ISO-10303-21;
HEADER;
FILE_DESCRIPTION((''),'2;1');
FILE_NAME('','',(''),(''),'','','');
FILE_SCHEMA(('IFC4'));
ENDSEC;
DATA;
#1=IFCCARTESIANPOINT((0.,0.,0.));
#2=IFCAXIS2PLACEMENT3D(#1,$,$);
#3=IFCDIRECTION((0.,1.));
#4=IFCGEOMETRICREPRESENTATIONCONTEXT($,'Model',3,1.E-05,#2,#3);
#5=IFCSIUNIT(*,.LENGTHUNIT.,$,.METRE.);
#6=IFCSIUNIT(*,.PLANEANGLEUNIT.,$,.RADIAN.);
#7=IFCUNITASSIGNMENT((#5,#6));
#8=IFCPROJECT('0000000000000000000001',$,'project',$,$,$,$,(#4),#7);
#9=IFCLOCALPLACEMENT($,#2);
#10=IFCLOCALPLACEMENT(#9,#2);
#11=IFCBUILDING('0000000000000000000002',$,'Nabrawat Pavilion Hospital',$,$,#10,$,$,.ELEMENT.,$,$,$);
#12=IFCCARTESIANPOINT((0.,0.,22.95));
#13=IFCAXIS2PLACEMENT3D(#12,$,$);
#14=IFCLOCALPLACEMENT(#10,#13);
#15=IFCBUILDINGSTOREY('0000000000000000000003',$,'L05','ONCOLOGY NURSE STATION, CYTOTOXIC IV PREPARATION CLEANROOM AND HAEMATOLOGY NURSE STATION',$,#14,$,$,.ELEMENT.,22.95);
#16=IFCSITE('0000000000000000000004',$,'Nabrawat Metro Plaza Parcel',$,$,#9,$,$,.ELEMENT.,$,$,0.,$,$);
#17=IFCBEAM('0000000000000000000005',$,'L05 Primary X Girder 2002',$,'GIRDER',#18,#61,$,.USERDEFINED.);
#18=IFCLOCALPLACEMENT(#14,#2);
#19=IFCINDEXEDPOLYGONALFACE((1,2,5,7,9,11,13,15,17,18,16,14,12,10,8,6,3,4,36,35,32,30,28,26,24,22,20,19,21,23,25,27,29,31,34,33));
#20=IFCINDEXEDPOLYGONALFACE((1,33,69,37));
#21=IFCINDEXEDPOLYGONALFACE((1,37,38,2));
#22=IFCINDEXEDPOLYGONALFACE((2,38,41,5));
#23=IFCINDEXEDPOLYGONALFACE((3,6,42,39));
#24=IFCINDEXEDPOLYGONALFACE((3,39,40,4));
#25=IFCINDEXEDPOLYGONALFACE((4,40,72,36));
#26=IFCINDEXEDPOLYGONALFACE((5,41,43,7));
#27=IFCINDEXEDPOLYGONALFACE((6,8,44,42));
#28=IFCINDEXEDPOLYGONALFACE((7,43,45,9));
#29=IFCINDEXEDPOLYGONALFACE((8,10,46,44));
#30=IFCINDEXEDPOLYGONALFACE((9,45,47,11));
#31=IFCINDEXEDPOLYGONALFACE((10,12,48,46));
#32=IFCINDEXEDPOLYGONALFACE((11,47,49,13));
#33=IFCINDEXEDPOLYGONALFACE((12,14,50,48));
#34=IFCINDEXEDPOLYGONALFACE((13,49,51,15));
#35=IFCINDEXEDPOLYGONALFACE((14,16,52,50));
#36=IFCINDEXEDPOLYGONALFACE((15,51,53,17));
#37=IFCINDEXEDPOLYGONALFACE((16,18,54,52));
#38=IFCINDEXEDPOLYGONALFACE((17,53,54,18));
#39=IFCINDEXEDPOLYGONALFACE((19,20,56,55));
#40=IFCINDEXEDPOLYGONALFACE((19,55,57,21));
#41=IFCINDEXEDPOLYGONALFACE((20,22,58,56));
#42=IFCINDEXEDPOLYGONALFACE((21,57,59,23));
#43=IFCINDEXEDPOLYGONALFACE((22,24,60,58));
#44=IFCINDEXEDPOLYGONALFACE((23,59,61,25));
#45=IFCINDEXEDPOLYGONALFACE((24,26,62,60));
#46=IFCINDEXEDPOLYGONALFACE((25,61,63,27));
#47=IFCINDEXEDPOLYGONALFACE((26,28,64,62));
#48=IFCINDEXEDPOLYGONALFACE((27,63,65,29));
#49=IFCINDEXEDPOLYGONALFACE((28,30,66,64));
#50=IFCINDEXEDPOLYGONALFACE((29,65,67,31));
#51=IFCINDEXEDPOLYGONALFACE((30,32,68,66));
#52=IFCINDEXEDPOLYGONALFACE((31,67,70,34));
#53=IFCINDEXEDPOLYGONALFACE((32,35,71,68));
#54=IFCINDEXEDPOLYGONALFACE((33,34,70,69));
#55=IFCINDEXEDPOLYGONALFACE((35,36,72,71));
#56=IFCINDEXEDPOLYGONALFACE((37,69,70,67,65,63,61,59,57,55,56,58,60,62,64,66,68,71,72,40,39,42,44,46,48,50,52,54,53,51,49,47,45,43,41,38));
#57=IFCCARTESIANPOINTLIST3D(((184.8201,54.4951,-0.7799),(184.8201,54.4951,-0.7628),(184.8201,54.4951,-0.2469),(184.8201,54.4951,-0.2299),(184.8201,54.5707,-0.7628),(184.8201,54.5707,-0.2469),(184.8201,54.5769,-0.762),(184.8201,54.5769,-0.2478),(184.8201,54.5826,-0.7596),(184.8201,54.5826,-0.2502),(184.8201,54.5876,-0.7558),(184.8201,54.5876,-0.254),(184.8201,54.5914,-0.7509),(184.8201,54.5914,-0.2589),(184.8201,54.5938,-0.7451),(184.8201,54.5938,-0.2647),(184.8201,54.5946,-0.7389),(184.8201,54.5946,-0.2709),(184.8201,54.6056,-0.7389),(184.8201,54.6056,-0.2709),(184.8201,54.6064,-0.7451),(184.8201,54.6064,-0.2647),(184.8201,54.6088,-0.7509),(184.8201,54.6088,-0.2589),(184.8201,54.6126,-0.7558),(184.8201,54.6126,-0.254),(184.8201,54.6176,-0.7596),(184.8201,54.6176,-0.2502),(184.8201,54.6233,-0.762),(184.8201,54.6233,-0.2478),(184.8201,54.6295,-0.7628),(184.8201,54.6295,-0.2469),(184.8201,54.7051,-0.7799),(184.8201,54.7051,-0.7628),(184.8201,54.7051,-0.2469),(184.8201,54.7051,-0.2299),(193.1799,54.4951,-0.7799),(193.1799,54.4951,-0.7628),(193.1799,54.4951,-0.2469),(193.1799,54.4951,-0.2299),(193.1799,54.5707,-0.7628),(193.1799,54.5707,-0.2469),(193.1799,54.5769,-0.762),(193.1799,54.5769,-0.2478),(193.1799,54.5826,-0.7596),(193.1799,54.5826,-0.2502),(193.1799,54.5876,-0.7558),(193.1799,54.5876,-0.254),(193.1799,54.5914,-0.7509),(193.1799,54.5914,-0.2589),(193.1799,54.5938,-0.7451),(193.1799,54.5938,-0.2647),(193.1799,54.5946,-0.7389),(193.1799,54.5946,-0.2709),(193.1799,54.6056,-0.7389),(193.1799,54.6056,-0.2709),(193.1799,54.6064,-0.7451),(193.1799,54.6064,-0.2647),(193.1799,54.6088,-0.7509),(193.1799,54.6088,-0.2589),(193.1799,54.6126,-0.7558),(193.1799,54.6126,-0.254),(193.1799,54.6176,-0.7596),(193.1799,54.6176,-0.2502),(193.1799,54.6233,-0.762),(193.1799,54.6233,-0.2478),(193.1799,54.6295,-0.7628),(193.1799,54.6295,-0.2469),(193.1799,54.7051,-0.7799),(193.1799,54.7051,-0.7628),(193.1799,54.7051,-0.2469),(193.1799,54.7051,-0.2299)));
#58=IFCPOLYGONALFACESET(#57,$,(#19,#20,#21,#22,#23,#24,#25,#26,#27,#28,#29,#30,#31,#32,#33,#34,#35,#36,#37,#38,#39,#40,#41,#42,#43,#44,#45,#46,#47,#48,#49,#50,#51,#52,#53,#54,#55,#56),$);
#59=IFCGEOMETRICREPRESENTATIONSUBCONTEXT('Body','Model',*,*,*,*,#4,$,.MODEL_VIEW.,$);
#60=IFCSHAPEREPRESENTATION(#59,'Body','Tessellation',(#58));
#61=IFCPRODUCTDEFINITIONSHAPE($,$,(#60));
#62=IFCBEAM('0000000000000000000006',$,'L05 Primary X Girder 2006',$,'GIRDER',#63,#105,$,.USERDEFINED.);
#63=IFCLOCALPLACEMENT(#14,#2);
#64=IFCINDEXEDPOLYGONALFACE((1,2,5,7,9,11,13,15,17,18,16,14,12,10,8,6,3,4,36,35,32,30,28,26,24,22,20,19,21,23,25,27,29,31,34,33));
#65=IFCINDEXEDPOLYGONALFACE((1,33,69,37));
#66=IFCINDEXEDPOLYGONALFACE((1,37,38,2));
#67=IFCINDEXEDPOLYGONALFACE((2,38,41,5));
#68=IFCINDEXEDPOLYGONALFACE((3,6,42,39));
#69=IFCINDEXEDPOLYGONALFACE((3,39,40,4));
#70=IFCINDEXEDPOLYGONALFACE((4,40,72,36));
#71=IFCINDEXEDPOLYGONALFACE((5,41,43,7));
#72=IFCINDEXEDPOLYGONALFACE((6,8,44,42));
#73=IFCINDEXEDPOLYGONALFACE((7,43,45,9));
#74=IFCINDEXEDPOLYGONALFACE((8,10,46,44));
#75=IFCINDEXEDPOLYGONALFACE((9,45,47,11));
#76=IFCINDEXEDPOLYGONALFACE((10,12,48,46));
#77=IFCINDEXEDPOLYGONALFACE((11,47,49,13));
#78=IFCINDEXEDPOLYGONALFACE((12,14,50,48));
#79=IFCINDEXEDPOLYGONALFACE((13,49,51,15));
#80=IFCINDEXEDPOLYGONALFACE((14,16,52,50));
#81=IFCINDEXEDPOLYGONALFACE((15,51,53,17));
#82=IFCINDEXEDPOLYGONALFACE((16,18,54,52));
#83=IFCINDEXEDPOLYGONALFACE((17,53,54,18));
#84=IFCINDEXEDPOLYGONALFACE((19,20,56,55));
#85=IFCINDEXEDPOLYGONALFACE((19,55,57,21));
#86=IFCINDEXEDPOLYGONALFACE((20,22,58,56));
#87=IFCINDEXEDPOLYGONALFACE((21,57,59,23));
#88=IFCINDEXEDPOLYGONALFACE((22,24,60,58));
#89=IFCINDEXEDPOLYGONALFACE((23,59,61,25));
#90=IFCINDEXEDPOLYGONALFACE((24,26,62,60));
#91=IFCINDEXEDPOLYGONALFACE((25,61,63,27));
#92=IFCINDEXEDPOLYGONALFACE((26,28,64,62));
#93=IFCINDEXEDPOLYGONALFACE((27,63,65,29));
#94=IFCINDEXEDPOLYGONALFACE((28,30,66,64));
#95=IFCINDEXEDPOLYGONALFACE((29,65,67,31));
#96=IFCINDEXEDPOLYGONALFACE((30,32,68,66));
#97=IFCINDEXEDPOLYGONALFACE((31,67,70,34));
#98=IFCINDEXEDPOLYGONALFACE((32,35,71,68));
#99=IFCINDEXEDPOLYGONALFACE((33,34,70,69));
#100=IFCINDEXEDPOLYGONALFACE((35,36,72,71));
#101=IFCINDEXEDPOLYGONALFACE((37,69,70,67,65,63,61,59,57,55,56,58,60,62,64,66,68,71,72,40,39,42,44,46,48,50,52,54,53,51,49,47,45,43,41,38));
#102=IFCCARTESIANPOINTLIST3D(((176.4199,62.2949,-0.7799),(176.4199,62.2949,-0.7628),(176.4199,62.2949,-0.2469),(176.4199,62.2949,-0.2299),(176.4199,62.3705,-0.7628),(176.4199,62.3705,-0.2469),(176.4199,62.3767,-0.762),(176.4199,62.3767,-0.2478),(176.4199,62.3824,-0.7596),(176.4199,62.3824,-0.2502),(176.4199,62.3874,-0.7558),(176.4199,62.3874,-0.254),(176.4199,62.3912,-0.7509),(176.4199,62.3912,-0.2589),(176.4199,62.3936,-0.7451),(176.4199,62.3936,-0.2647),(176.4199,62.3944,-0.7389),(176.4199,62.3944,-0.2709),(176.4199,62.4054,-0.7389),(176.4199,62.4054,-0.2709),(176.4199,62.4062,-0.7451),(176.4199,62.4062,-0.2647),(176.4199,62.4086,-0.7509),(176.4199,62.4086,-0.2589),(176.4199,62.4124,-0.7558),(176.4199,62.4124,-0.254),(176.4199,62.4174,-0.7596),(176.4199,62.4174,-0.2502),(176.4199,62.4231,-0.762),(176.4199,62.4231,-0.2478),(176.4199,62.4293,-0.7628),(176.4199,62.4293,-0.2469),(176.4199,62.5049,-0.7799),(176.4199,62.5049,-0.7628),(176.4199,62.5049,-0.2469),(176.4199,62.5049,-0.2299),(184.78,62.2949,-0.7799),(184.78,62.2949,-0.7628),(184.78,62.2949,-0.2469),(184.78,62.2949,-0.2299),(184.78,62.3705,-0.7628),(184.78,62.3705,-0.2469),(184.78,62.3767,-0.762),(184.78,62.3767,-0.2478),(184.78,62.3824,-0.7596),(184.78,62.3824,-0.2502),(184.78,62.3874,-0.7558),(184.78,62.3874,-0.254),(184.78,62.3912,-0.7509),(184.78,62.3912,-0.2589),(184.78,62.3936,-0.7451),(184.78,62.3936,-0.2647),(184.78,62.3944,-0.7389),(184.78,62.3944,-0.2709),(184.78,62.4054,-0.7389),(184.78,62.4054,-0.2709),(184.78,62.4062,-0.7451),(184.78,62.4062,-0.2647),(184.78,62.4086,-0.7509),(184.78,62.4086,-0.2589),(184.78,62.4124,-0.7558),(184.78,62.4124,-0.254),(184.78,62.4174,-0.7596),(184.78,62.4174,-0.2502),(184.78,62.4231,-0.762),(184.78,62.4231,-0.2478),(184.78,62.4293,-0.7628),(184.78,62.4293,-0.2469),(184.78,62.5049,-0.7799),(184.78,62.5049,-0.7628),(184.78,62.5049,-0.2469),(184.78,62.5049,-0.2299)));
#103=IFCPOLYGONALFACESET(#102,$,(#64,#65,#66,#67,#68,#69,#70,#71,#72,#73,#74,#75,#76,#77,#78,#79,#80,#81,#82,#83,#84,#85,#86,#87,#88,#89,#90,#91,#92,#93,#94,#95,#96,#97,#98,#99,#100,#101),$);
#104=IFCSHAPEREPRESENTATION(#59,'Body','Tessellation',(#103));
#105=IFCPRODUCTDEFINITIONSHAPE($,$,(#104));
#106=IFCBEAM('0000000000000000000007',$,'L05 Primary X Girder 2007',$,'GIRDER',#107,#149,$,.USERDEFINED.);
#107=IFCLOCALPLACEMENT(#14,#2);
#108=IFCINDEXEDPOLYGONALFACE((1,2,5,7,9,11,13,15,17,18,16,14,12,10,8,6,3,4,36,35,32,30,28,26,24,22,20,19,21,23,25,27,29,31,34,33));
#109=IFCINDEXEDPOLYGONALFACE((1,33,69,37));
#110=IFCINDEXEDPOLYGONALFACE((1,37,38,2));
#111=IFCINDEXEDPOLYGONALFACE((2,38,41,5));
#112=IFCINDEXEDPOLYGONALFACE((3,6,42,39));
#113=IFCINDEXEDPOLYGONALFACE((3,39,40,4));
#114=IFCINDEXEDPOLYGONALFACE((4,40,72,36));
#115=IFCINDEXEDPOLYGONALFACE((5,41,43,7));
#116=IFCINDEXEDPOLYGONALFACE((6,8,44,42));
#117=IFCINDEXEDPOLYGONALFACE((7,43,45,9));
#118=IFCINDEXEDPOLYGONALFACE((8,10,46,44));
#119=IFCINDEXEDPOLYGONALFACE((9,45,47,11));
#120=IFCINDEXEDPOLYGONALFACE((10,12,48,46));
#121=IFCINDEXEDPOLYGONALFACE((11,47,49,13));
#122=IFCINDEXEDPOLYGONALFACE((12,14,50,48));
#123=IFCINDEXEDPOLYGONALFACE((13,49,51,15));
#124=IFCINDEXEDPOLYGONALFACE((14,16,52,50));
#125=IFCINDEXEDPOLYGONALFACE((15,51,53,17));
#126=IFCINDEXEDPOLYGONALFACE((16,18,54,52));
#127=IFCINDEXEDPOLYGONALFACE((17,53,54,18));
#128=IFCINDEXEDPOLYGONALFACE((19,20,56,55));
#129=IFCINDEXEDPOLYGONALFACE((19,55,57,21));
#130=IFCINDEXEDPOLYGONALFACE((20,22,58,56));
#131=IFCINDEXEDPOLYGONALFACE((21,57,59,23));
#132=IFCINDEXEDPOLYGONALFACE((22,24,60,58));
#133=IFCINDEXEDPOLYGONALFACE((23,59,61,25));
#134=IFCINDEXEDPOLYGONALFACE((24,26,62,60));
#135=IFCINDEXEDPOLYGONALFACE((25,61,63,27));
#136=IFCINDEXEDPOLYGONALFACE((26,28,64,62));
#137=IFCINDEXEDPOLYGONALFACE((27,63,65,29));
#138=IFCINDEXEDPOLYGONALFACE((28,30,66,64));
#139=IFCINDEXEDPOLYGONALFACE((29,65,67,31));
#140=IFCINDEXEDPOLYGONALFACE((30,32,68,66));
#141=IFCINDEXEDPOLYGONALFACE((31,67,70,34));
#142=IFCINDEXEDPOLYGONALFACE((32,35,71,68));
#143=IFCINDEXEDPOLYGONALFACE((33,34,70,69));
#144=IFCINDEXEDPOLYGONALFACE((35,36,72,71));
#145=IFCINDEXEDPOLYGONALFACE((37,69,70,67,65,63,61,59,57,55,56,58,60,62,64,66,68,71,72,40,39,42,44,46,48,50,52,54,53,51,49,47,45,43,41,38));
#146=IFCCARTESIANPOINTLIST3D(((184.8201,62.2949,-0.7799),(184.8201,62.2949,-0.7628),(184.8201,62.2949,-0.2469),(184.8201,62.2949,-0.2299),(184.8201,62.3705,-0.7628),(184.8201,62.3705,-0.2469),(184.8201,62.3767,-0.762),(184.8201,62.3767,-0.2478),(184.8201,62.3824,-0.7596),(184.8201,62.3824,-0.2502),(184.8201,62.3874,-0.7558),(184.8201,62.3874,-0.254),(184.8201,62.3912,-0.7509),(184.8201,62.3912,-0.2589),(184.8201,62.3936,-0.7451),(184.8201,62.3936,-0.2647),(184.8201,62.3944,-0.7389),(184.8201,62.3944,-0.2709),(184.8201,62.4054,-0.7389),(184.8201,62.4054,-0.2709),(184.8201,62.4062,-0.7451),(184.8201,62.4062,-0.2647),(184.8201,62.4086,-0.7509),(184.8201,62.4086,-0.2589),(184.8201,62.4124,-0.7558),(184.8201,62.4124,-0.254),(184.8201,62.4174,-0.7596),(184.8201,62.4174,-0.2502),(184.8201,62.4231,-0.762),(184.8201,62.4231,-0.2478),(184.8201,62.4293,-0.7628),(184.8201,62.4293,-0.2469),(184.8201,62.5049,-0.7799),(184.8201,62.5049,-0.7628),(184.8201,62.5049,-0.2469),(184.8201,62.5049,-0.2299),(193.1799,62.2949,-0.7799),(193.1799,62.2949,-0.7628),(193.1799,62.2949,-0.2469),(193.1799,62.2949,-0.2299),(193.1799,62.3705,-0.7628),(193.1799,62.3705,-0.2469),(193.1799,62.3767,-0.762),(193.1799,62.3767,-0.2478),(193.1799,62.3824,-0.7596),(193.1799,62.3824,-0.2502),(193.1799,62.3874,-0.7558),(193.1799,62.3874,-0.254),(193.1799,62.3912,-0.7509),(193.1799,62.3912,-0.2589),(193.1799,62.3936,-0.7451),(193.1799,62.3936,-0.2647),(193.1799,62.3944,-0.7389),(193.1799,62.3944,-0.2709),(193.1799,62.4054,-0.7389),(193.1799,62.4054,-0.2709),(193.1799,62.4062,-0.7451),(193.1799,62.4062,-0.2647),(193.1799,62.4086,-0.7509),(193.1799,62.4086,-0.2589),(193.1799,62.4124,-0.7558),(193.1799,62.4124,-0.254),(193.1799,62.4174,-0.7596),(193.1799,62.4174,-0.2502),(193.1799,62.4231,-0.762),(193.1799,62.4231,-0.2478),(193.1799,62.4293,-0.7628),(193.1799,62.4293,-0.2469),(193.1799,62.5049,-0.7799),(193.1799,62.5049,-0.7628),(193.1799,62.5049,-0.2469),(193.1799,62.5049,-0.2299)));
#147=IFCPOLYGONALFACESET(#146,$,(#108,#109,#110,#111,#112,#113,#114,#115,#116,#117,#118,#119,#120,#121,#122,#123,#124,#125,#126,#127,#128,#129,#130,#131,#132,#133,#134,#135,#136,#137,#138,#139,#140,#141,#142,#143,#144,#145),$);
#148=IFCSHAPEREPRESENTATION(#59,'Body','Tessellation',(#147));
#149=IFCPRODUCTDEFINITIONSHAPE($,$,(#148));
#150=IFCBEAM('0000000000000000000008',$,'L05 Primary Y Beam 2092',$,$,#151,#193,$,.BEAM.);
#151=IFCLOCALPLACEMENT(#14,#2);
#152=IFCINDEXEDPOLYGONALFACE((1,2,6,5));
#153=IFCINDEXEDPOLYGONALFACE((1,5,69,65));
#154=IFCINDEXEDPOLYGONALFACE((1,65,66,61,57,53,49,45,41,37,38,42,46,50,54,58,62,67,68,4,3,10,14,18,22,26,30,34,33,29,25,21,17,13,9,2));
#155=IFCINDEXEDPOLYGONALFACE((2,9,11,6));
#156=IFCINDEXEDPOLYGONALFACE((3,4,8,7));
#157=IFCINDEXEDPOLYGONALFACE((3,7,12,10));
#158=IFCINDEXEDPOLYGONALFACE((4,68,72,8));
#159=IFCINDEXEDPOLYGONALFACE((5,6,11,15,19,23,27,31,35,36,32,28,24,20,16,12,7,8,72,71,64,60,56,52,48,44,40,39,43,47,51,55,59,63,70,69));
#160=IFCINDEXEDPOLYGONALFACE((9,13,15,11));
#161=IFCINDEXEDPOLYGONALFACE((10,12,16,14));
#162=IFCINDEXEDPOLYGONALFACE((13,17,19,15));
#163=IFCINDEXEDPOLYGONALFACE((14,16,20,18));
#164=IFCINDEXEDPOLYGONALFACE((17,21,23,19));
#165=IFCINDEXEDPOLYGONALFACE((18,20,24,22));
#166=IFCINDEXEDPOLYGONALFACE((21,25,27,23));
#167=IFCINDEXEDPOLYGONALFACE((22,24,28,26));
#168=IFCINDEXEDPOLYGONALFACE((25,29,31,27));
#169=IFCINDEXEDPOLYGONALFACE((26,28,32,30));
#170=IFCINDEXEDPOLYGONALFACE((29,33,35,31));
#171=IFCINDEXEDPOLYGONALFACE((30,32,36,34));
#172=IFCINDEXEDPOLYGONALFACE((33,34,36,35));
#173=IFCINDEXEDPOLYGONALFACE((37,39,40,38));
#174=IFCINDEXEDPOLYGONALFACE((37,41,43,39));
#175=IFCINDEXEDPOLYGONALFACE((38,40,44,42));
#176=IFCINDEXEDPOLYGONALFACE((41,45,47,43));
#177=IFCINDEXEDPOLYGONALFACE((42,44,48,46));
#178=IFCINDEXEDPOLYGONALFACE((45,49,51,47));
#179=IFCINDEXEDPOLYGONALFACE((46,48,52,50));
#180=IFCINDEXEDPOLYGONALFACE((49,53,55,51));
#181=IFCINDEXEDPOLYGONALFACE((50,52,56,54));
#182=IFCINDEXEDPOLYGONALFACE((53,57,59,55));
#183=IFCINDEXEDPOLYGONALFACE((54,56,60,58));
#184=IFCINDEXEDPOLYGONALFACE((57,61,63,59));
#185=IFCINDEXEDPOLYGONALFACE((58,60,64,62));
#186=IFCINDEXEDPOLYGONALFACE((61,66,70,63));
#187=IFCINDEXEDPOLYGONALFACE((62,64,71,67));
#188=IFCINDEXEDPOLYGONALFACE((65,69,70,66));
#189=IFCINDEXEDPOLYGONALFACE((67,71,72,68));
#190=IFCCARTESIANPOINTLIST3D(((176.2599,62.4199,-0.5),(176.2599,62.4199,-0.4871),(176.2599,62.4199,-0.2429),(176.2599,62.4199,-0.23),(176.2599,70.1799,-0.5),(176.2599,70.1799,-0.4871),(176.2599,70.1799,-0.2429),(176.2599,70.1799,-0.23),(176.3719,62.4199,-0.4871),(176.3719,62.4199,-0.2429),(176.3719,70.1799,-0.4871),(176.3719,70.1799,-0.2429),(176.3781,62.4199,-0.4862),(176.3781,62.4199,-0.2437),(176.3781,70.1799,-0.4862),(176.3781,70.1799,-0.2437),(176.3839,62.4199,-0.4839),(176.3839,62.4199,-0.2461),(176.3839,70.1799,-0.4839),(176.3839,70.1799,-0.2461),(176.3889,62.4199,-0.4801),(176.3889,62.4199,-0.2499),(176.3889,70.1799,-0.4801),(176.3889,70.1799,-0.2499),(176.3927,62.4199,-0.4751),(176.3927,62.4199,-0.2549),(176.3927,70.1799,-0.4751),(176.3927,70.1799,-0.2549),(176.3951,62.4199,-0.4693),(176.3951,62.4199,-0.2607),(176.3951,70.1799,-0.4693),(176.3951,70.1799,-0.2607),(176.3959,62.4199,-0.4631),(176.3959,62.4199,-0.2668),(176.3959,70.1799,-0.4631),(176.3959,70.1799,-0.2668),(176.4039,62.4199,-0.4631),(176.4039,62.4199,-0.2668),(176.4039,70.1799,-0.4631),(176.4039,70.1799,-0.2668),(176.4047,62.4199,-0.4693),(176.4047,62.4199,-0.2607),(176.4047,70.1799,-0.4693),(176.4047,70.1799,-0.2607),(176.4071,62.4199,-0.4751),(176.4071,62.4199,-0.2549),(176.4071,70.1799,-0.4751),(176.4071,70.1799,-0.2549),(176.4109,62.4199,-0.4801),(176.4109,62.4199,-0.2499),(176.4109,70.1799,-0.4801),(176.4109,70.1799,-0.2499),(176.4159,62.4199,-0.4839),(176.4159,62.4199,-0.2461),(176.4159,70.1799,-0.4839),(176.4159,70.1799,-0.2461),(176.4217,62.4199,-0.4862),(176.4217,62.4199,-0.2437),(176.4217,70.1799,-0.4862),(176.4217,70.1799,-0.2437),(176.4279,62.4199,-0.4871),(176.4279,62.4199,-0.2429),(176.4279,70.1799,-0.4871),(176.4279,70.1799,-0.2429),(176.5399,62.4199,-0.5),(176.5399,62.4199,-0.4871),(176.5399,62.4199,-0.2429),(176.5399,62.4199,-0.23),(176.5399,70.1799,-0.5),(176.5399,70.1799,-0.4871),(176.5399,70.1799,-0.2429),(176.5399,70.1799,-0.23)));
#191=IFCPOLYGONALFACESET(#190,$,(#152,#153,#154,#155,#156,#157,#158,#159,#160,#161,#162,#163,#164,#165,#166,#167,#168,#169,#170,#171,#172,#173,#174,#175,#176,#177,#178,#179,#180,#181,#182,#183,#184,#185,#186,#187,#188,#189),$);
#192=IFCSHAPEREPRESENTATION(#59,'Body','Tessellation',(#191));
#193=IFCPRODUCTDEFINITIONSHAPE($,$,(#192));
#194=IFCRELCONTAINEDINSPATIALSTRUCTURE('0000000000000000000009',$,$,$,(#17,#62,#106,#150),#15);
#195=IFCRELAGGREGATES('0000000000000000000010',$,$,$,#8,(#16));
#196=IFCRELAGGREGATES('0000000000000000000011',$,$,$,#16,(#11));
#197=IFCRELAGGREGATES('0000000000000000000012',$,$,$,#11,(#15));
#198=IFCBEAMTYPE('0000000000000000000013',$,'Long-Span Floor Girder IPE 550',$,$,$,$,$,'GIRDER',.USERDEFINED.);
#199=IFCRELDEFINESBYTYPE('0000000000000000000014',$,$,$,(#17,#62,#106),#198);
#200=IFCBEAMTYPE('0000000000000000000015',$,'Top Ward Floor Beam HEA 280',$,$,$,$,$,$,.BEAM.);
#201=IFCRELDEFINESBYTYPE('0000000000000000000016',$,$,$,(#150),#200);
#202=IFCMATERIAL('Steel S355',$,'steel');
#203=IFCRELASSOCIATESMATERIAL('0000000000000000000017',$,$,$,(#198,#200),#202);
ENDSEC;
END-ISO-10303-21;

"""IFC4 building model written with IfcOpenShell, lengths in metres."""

from ifc_helpers import new_model, si_unit, direction, frame, origin, origin_2d, place, context, subcontext, project, spatial, i_section, extrude, material, material_profile, profile_set, type_object, element, save


model = new_model("IFC4")

# Units and contexts
model_context = context("Model", 3, precision=1e-05, world=origin(), true_north=direction((0.0, 1.0)))
body_context = subcontext(model_context, "Body", "Model", "MODEL_VIEW")
ifc_project = project(units=[si_unit("LENGTHUNIT", "METRE"), si_unit("PLANEANGLEUNIT", "RADIAN")], contexts=[model_context])

# Site, building, storey
site_placement = place(None, origin())
site = spatial("IfcSite", under=ifc_project, at=site_placement, Name="Nabrawat Metro Plaza Parcel", CompositionType="ELEMENT", RefElevation=0.0)
building_placement = place(site_placement, origin())
building = spatial("IfcBuilding", under=site, at=building_placement, Name="Nabrawat Pavilion Hospital", CompositionType="ELEMENT")
storey_placement = place(building_placement, frame((0.0, 0.0, 22.95)))
storey = spatial("IfcBuildingStorey", under=building, at=storey_placement, Name="L05", Description="ONCOLOGY NURSE STATION, CYTOTOXIC IV PREPARATION CLEANROOM AND HAEMATOLOGY NURSE STATION", CompositionType="ELEMENT", Elevation=22.95)

# Shared definitions
ifc_material_1 = material(Name="Steel S355", Category="steel")

# Beams
ifc_material_profile_1 = material_profile(ifc_material_1, i_section(OverallWidth=0.21, OverallDepth=0.55, WebThickness=0.011, FlangeThickness=0.0171, FilletRadius=0.0239, at=origin_2d()), Name="IPE 550")
ifc_profile_set_1 = profile_set([ifc_material_profile_1], Name="Steel S355")
beam_type_1 = type_object("IfcBeamType", Name="Long-Span Floor Girder IPE 550", ElementType="GIRDER", PredefinedType="USERDEFINED", material=ifc_profile_set_1)
beam_1_placement = place(storey_placement, frame((184.8201, 54.6001, -0.5049), z_axis=(1.0, 0.0, 0.0), x_axis=(0.0, 1.0, 0.0)))
element("IfcBeam", 1, at=beam_1_placement, inside=storey, type_object=beam_type_1, Name="L05 Primary X Girder 2002", ObjectType="GIRDER", PredefinedType="USERDEFINED", context=body_context, shape_type="SweptSolid", body=[
    extrude(i_section(OverallWidth=0.21, OverallDepth=0.55, WebThickness=0.011, FlangeThickness=0.0171, FilletRadius=0.0239, at=origin_2d()), origin(), (0.0, 0.0, 1.0), 8.3599),
])
beam_2_placement = place(storey_placement, frame((176.4199, 62.3999, -0.5049), z_axis=(1.0, 0.0, 0.0), x_axis=(0.0, 1.0, 0.0)))
element("IfcBeam", 2, at=beam_2_placement, inside=storey, type_object=beam_type_1, Name="L05 Primary X Girder 2006", ObjectType="GIRDER", PredefinedType="USERDEFINED", context=body_context, shape_type="SweptSolid", body=[
    extrude(i_section(OverallWidth=0.21, OverallDepth=0.55, WebThickness=0.011, FlangeThickness=0.0171, FilletRadius=0.0239, at=origin_2d()), origin(), (0.0, 0.0, 1.0), 8.3601),
])
beam_3_placement = place(storey_placement, frame((184.8201, 62.3999, -0.5049), z_axis=(1.0, 0.0, 0.0), x_axis=(0.0, 1.0, 0.0)))
element("IfcBeam", 3, at=beam_3_placement, inside=storey, type_object=beam_type_1, Name="L05 Primary X Girder 2007", ObjectType="GIRDER", PredefinedType="USERDEFINED", context=body_context, shape_type="SweptSolid", body=[
    extrude(i_section(OverallWidth=0.21, OverallDepth=0.55, WebThickness=0.011, FlangeThickness=0.0171, FilletRadius=0.0239, at=origin_2d()), origin(), (0.0, 0.0, 1.0), 8.3599),
])
ifc_material_profile_2 = material_profile(ifc_material_1, i_section(OverallWidth=0.28, OverallDepth=0.27, WebThickness=0.0081, FlangeThickness=0.0129, FilletRadius=0.0239, at=origin_2d()), Name="HEA 280")
ifc_profile_set_2 = profile_set([ifc_material_profile_2], Name="Steel S355")
beam_type_2 = type_object("IfcBeamType", Name="Top Ward Floor Beam HEA 280", PredefinedType="BEAM", material=ifc_profile_set_2)
beam_4_placement = place(storey_placement, frame((176.3999, 62.4199, -0.365), z_axis=(0.0, 1.0, 0.0), x_axis=(-1.0, 0.0, 0.0)))
element("IfcBeam", 4, at=beam_4_placement, inside=storey, type_object=beam_type_2, Name="L05 Primary Y Beam 2092", PredefinedType="BEAM", context=body_context, shape_type="SweptSolid", body=[
    extrude(i_section(OverallWidth=0.28, OverallDepth=0.27, WebThickness=0.0081, FlangeThickness=0.0129, FilletRadius=0.0239, at=origin_2d()), origin(), (0.0, 0.0, 1.0), 7.76),
])

save(model, "model.ifc")
